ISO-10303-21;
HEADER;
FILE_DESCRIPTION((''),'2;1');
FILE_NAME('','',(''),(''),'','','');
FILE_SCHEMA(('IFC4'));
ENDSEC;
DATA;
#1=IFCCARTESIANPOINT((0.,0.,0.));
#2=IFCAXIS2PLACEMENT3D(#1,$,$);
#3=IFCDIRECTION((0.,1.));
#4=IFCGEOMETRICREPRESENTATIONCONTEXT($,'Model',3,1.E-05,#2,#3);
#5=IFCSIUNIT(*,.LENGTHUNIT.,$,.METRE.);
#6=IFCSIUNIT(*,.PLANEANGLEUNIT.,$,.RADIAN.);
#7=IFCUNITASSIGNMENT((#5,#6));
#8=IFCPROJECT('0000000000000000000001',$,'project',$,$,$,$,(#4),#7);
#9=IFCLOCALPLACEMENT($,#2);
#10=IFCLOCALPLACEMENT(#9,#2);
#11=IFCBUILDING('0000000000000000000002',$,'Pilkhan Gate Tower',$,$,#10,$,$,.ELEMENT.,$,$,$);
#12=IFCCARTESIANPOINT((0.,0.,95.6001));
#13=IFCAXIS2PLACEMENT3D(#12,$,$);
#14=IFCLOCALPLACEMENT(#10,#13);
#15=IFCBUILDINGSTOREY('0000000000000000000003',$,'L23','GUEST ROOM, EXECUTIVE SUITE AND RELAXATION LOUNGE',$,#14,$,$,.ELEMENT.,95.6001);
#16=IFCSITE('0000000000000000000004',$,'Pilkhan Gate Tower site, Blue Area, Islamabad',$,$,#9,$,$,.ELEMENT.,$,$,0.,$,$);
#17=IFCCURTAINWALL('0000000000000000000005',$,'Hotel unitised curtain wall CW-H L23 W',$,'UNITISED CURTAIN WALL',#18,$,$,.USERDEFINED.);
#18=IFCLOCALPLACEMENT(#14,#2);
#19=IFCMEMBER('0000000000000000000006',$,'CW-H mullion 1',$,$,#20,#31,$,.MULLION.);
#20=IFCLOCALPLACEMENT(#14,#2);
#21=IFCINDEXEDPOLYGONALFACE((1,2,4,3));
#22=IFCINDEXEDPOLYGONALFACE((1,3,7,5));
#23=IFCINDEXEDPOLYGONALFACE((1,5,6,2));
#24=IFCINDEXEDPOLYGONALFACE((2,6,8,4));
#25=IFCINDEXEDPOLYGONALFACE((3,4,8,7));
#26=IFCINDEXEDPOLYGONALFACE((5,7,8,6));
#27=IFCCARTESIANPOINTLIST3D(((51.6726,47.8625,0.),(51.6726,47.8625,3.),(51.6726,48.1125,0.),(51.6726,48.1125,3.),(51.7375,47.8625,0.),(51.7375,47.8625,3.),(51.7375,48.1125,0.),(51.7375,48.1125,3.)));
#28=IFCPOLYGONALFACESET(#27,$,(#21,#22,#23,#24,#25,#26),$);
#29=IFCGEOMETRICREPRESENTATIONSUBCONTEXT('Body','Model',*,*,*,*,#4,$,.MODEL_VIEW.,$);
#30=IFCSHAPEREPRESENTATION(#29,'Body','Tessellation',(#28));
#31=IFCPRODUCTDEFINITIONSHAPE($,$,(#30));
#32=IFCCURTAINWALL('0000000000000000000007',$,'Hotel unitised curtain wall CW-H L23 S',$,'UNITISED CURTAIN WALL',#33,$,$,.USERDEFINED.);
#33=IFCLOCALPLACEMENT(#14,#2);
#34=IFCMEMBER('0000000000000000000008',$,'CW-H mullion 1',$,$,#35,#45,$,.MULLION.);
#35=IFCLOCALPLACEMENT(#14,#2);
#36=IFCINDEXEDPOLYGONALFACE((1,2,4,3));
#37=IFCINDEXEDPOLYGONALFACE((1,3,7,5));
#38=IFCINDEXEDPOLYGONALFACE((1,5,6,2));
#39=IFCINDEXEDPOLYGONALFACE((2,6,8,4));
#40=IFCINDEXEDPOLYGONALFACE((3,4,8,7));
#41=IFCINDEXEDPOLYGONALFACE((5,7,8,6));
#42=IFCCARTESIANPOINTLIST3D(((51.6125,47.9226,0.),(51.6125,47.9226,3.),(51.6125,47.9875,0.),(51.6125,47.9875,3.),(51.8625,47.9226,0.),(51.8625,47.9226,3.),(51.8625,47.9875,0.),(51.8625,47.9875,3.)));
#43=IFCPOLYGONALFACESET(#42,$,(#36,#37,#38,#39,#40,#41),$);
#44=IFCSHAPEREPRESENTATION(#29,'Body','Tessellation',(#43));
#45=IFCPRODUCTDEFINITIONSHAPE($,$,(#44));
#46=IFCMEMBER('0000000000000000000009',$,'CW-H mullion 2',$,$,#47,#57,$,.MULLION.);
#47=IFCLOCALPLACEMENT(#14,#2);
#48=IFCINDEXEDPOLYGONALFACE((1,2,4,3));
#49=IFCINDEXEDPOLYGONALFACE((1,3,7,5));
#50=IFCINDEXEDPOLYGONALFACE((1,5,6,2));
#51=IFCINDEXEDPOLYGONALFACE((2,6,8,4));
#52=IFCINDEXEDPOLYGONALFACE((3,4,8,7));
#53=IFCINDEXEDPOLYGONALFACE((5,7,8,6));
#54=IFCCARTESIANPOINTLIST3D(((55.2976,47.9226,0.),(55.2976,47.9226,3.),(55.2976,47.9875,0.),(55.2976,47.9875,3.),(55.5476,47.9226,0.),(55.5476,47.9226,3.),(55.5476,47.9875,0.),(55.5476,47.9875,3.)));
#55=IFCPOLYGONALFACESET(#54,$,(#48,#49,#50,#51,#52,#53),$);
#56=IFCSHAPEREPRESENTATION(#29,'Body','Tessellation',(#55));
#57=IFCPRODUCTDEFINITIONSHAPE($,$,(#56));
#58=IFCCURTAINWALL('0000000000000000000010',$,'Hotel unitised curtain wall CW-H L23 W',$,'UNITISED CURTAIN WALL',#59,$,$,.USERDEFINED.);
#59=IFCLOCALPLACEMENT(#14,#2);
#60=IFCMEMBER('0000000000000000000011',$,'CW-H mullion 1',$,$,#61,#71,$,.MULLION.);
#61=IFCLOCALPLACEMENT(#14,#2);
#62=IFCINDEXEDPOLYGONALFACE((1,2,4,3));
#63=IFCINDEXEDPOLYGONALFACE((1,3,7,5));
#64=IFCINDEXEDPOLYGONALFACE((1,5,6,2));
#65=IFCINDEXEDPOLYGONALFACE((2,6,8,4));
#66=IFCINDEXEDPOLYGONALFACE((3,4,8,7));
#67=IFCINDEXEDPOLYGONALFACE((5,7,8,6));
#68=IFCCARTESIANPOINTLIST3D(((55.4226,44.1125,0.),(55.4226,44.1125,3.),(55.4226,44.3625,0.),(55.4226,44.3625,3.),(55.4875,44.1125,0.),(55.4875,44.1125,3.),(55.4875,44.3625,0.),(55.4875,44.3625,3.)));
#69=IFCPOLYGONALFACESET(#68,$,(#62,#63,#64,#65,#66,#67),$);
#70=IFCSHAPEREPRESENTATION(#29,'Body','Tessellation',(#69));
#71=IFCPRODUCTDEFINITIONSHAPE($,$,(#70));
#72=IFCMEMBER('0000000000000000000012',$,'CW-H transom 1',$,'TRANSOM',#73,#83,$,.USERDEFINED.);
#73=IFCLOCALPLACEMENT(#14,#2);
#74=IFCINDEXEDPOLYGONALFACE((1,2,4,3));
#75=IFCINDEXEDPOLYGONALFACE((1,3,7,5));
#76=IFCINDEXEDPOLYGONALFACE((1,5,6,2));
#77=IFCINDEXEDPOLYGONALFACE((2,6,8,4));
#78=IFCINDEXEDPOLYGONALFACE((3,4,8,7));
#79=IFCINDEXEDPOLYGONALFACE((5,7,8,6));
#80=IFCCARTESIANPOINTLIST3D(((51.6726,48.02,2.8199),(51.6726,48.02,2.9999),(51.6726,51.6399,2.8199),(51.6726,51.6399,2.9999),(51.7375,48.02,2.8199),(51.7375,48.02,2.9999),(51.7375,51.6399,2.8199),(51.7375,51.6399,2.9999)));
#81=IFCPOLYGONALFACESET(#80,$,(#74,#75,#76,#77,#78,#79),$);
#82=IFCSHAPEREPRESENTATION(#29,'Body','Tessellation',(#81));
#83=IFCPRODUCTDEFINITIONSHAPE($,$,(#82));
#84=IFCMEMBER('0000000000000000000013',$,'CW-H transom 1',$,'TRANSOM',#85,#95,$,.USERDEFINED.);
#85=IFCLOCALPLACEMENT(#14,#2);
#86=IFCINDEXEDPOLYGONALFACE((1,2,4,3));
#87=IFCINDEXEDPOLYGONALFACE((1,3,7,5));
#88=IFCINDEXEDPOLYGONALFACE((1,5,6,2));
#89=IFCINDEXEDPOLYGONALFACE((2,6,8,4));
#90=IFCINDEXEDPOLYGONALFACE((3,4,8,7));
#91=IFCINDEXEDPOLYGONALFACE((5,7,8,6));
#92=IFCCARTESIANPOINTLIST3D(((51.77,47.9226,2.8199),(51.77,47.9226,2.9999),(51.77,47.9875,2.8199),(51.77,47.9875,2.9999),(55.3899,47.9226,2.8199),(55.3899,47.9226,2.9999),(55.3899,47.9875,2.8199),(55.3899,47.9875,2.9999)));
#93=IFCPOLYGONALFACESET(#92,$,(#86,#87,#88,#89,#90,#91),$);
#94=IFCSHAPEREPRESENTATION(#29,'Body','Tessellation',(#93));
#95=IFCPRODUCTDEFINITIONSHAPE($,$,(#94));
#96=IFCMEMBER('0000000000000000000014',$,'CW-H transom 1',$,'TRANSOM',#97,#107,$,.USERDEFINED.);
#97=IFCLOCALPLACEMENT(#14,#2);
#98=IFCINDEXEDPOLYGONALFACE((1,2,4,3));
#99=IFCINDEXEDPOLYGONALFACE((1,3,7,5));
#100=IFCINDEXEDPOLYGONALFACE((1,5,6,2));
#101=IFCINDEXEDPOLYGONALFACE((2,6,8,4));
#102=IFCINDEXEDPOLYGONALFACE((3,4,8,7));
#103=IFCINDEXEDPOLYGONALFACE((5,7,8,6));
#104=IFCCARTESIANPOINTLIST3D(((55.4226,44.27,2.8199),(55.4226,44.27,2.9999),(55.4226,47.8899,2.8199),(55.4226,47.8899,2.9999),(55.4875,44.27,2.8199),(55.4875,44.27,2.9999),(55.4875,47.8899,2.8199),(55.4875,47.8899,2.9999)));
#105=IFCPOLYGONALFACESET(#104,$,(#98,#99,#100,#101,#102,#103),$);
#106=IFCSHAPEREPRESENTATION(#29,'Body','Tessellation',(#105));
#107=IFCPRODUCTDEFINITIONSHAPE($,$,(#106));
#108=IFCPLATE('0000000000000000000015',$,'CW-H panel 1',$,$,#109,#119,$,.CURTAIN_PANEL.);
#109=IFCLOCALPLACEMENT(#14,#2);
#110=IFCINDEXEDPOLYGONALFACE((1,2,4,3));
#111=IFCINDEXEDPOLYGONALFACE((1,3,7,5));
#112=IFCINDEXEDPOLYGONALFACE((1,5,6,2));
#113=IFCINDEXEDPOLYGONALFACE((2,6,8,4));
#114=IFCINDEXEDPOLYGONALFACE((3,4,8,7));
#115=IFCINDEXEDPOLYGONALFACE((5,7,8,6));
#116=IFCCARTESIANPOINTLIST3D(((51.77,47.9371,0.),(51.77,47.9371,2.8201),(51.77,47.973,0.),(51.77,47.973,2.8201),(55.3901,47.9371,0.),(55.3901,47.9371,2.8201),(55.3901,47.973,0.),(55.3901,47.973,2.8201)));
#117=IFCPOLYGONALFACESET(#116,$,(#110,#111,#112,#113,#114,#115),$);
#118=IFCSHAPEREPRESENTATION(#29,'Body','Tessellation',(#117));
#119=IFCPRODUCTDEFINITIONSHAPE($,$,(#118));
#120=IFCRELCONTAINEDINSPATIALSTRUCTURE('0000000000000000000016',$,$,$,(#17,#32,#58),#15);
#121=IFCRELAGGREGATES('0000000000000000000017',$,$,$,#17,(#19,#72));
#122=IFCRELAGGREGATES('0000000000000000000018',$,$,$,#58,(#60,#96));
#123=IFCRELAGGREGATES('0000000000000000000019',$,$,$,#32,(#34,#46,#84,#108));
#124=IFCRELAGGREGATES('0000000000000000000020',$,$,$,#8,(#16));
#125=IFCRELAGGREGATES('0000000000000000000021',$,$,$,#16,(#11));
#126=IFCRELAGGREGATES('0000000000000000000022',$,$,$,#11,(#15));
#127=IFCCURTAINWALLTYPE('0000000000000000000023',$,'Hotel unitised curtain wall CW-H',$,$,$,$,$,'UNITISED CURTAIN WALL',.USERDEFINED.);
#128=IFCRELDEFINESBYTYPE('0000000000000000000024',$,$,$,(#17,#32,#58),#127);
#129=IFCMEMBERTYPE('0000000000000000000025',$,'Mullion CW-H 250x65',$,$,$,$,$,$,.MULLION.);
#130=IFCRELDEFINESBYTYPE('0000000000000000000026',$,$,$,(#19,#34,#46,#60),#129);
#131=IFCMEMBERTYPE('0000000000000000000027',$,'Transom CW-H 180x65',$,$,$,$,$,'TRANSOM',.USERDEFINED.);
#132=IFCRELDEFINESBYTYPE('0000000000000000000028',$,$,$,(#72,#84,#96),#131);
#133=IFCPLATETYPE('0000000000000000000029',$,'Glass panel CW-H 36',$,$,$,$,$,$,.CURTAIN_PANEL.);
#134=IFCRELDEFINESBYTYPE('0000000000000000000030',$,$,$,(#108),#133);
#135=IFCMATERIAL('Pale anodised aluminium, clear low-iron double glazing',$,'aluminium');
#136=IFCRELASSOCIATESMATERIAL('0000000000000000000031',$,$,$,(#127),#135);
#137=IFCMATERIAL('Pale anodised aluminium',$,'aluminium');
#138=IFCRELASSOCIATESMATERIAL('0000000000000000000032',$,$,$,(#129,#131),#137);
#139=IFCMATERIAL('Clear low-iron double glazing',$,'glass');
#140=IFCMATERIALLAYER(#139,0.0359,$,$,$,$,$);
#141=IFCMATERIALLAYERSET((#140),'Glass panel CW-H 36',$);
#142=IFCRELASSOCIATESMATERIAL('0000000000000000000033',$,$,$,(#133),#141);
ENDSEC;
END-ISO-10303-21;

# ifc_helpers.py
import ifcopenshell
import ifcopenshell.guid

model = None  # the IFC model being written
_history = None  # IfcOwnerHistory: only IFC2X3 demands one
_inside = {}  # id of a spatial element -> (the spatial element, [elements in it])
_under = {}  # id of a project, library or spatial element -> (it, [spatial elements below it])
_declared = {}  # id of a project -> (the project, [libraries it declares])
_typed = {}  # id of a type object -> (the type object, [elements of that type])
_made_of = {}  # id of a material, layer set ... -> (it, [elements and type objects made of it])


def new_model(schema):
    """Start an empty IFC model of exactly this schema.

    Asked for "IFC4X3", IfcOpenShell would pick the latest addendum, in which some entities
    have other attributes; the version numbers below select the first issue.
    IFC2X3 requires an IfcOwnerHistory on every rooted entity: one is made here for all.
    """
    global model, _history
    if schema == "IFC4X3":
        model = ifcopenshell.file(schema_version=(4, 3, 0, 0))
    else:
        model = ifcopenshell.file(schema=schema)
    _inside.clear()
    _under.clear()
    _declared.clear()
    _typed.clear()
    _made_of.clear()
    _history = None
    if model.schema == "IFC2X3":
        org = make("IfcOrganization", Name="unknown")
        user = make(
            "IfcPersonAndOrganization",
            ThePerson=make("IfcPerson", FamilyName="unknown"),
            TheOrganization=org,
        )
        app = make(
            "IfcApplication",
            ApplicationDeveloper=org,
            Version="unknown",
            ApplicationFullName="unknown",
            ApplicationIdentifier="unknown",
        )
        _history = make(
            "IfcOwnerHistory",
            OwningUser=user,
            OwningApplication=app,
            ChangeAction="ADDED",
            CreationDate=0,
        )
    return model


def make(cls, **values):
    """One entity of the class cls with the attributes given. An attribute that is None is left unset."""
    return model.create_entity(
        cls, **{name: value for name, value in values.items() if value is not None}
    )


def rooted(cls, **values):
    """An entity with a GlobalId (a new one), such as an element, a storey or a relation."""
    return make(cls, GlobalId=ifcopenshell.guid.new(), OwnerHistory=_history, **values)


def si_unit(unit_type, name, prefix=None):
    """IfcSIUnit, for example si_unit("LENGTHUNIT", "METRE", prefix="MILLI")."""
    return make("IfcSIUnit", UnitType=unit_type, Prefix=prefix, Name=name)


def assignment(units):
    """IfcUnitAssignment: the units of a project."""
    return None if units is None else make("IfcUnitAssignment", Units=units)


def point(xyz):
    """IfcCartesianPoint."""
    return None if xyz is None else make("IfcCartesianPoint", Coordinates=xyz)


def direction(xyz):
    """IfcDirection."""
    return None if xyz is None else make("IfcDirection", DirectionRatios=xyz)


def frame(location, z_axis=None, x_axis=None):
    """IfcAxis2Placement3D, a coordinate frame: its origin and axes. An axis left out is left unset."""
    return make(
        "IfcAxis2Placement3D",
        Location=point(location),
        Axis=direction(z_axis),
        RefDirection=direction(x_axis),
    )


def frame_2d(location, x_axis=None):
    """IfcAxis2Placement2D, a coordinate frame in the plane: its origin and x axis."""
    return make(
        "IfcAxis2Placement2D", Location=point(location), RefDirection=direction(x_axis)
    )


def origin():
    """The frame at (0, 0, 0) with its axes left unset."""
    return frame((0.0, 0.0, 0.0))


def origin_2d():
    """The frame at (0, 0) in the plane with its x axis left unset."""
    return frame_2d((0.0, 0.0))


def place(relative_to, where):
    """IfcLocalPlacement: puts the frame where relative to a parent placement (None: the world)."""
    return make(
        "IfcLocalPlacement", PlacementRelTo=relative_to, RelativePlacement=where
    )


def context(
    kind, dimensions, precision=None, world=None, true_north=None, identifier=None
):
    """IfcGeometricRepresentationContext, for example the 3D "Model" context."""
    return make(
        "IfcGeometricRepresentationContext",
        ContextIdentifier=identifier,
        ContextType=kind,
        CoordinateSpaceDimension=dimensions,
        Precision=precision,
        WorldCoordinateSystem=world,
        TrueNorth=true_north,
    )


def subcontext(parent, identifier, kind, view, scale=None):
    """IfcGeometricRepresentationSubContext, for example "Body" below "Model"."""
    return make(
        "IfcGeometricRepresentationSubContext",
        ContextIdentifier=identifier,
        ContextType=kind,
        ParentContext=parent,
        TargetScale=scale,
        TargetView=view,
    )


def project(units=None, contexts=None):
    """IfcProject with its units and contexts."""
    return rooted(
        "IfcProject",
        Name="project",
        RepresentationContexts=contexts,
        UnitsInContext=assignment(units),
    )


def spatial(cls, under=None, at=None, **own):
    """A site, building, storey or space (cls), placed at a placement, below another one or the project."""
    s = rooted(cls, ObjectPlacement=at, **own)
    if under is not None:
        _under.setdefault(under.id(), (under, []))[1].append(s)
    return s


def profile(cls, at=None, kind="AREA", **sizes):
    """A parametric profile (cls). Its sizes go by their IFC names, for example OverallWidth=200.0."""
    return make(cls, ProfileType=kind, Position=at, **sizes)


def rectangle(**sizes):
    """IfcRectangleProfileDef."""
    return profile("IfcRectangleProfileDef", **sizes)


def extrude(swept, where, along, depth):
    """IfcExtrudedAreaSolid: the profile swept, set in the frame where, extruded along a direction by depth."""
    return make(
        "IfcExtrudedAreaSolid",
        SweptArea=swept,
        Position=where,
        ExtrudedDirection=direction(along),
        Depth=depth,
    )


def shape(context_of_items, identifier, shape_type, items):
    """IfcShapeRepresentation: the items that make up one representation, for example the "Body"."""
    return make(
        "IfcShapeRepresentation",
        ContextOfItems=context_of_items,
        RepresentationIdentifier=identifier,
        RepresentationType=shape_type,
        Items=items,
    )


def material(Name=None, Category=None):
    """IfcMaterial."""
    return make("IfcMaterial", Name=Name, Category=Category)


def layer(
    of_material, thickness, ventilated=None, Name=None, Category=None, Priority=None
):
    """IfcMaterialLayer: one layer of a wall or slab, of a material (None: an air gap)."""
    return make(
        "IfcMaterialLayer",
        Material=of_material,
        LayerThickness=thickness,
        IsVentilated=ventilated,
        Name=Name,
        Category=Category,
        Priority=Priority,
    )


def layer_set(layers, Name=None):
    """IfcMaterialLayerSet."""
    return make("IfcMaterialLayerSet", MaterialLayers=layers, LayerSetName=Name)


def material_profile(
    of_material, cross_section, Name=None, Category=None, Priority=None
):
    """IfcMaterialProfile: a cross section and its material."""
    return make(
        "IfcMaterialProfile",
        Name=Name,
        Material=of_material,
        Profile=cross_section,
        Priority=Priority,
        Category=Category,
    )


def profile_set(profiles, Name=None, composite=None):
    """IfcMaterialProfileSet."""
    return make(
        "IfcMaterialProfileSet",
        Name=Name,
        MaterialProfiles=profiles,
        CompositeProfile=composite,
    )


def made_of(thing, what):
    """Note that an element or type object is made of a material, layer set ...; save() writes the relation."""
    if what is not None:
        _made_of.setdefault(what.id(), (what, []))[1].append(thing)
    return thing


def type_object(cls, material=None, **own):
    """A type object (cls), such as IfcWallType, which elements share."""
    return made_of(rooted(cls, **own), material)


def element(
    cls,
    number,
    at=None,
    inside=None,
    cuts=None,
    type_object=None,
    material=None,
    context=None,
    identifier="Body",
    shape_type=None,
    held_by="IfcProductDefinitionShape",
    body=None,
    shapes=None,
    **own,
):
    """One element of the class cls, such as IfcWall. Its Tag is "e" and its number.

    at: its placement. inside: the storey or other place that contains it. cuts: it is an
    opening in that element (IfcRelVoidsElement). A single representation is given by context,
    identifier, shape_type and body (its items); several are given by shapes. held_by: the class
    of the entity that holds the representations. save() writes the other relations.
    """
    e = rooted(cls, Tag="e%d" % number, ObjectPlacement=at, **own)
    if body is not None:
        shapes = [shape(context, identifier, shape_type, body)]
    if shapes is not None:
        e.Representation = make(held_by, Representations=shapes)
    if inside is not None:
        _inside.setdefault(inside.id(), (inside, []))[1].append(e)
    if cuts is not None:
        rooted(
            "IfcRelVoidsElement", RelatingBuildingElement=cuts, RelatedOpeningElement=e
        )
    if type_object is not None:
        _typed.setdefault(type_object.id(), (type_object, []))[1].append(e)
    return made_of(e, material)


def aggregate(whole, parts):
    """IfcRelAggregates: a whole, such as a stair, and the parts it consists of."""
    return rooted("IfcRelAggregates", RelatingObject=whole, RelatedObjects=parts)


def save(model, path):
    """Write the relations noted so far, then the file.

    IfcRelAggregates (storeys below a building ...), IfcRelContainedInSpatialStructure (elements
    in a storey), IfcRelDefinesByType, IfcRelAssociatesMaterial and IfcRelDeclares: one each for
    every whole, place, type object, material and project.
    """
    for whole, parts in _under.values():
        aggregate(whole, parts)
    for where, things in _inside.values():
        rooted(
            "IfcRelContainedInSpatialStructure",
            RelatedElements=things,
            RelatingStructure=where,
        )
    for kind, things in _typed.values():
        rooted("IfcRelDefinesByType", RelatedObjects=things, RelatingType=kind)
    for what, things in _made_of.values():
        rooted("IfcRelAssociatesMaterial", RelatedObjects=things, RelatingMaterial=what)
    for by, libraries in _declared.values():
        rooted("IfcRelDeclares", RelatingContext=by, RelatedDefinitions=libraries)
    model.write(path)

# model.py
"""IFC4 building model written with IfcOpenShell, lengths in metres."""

from ifc_helpers import new_model, si_unit, direction, frame, origin, origin_2d, place, context, subcontext, project, spatial, rectangle, extrude, material, layer, layer_set, material_profile, profile_set, type_object, element, aggregate, save


model = new_model("IFC4")

# Units and contexts
model_context = context("Model", 3, precision=1e-05, world=origin(), true_north=direction((0.0, 1.0)))
body_context = subcontext(model_context, "Body", "Model", "MODEL_VIEW")
ifc_project = project(units=[si_unit("LENGTHUNIT", "METRE"), si_unit("PLANEANGLEUNIT", "RADIAN")], contexts=[model_context])

# Site, building, storey
site_placement = place(None, origin())
site = spatial("IfcSite", under=ifc_project, at=site_placement, Name="Pilkhan Gate Tower site, Blue Area, Islamabad", CompositionType="ELEMENT", RefElevation=0.0)
building_placement = place(site_placement, origin())
building = spatial("IfcBuilding", under=site, at=building_placement, Name="Pilkhan Gate Tower", CompositionType="ELEMENT")
storey_placement = place(building_placement, frame((0.0, 0.0, 95.6001)))
storey = spatial("IfcBuildingStorey", under=building, at=storey_placement, Name="L23", Description="GUEST ROOM, EXECUTIVE SUITE AND RELAXATION LOUNGE", CompositionType="ELEMENT", Elevation=95.6001)

# Curtain wall, member
ifc_material_1 = material(Name="Pale anodised aluminium, clear low-iron double glazing", Category="aluminium")
curtain_wall_type = type_object("IfcCurtainWallType", Name="Hotel unitised curtain wall CW-H", ElementType="UNITISED CURTAIN WALL", PredefinedType="USERDEFINED", material=ifc_material_1)
curtain_wall_1_placement = place(storey_placement, origin())
curtain_wall_1 = element("IfcCurtainWall", 1, at=curtain_wall_1_placement, inside=storey, type_object=curtain_wall_type, Name="Hotel unitised curtain wall CW-H L23 W", ObjectType="UNITISED CURTAIN WALL", PredefinedType="USERDEFINED")
ifc_material_2 = material(Name="Pale anodised aluminium", Category="aluminium")
ifc_material_profile_1 = material_profile(ifc_material_2, rectangle(XDim=0.0649, YDim=0.25, at=origin_2d()), Name="Mullion 250x65")
ifc_profile_set_1 = profile_set([ifc_material_profile_1], Name="Pale anodised aluminium")
member_type_1 = type_object("IfcMemberType", Name="Mullion CW-H 250x65", PredefinedType="MULLION", material=ifc_profile_set_1)
member_1_placement = place(storey_placement, frame((51.7051, 47.9875, 0.0), z_axis=(0.0, 0.0, 1.0), x_axis=(-1.0, 0.0, 0.0)))
member_1 = element("IfcMember", 2, at=member_1_placement, type_object=member_type_1, Name="CW-H mullion 1", PredefinedType="MULLION", context=body_context, shape_type="SweptSolid", body=[
    extrude(rectangle(XDim=0.0649, YDim=0.25, at=origin_2d()), origin(), (0.0, 0.0, 1.0), 3.0),
])

# Curtain wall, members
curtain_wall_2_placement = place(storey_placement, origin())
curtain_wall_2 = element("IfcCurtainWall", 3, at=curtain_wall_2_placement, inside=storey, type_object=curtain_wall_type, Name="Hotel unitised curtain wall CW-H L23 S", ObjectType="UNITISED CURTAIN WALL", PredefinedType="USERDEFINED")
member_2_placement = place(storey_placement, frame((51.7375, 47.9551, 0.0), z_axis=(0.0, 0.0, 1.0), x_axis=(0.0, 1.0, 0.0)))
member_2 = element("IfcMember", 4, at=member_2_placement, type_object=member_type_1, Name="CW-H mullion 1", PredefinedType="MULLION", context=body_context, shape_type="SweptSolid", body=[
    extrude(rectangle(XDim=0.0649, YDim=0.25, at=origin_2d()), origin(), (0.0, 0.0, 1.0), 3.0),
])
member_3_placement = place(storey_placement, frame((55.4226, 47.9551, 0.0), z_axis=(0.0, 0.0, 1.0), x_axis=(0.0, 1.0, 0.0)))
member_3 = element("IfcMember", 5, at=member_3_placement, type_object=member_type_1, Name="CW-H mullion 2", PredefinedType="MULLION", context=body_context, shape_type="SweptSolid", body=[
    extrude(rectangle(XDim=0.0649, YDim=0.25, at=origin_2d()), origin(), (0.0, 0.0, 1.0), 3.0),
])

# Curtain wall, member
curtain_wall_3_placement = place(storey_placement, origin())
curtain_wall_3 = element("IfcCurtainWall", 6, at=curtain_wall_3_placement, inside=storey, type_object=curtain_wall_type, Name="Hotel unitised curtain wall CW-H L23 W", ObjectType="UNITISED CURTAIN WALL", PredefinedType="USERDEFINED")
member_4_placement = place(storey_placement, frame((55.4551, 44.2375, 0.0), z_axis=(0.0, 0.0, 1.0), x_axis=(-1.0, 0.0, 0.0)))
member_4 = element("IfcMember", 7, at=member_4_placement, type_object=member_type_1, Name="CW-H mullion 1", PredefinedType="MULLION", context=body_context, shape_type="SweptSolid", body=[
    extrude(rectangle(XDim=0.0649, YDim=0.25, at=origin_2d()), origin(), (0.0, 0.0, 1.0), 3.0),
])

# Members
ifc_material_profile_2 = material_profile(ifc_material_2, rectangle(XDim=0.0649, YDim=0.1799, at=origin_2d()), Name="Transom 180x65")
ifc_profile_set_2 = profile_set([ifc_material_profile_2], Name="Pale anodised aluminium")
member_type_2 = type_object("IfcMemberType", Name="Transom CW-H 180x65", ElementType="TRANSOM", PredefinedType="USERDEFINED", material=ifc_profile_set_2)
member_5_placement = place(storey_placement, frame((51.7051, 48.02, 2.9099), z_axis=(0.0, 1.0, 0.0), x_axis=(-1.0, 0.0, 0.0)))
member_5 = element("IfcMember", 8, at=member_5_placement, type_object=member_type_2, Name="CW-H transom 1", ObjectType="TRANSOM", PredefinedType="USERDEFINED", context=body_context, shape_type="SweptSolid", body=[
    extrude(rectangle(XDim=0.0649, YDim=0.1799, at=origin_2d()), origin(), (0.0, 0.0, 1.0), 3.6199),
])
aggregate(curtain_wall_1, [member_1, member_5])
member_6_placement = place(storey_placement, frame((51.77, 47.9551, 2.9099), z_axis=(1.0, 0.0, 0.0), x_axis=(0.0, 1.0, 0.0)))
member_6 = element("IfcMember", 9, at=member_6_placement, type_object=member_type_2, Name="CW-H transom 1", ObjectType="TRANSOM", PredefinedType="USERDEFINED", context=body_context, shape_type="SweptSolid", body=[
    extrude(rectangle(XDim=0.0649, YDim=0.1799, at=origin_2d()), origin(), (0.0, 0.0, 1.0), 3.6199),
])
member_7_placement = place(storey_placement, frame((55.4551, 44.27, 2.9099), z_axis=(0.0, 1.0, 0.0), x_axis=(-1.0, 0.0, 0.0)))
member_7 = element("IfcMember", 10, at=member_7_placement, type_object=member_type_2, Name="CW-H transom 1", ObjectType="TRANSOM", PredefinedType="USERDEFINED", context=body_context, shape_type="SweptSolid", body=[
    extrude(rectangle(XDim=0.0649, YDim=0.1799, at=origin_2d()), origin(), (0.0, 0.0, 1.0), 3.6199),
])
aggregate(curtain_wall_3, [member_4, member_7])

# Plate
ifc_material_3 = material(Name="Clear low-iron double glazing", Category="glass")
ifc_layer = layer(ifc_material_3, 0.0359)
ifc_layer_set = layer_set([ifc_layer], Name="Glass panel CW-H 36")
plate_type = type_object("IfcPlateType", Name="Glass panel CW-H 36", PredefinedType="CURTAIN_PANEL", material=ifc_layer_set)
plate_placement = place(storey_placement, frame((53.5801, 47.9551, 0.0), z_axis=(0.0, 0.0, 1.0), x_axis=(1.0, 0.0, 0.0)))
plate = element("IfcPlate", 11, at=plate_placement, type_object=plate_type, Name="CW-H panel 1", PredefinedType="CURTAIN_PANEL", context=body_context, shape_type="SweptSolid", body=[
    extrude(rectangle(XDim=3.6201, YDim=0.0359, at=origin_2d()), origin(), (0.0, 0.0, 1.0), 2.8201),
])
aggregate(curtain_wall_2, [member_2, member_3, member_6, plate])

save(model, "model.ifc")
